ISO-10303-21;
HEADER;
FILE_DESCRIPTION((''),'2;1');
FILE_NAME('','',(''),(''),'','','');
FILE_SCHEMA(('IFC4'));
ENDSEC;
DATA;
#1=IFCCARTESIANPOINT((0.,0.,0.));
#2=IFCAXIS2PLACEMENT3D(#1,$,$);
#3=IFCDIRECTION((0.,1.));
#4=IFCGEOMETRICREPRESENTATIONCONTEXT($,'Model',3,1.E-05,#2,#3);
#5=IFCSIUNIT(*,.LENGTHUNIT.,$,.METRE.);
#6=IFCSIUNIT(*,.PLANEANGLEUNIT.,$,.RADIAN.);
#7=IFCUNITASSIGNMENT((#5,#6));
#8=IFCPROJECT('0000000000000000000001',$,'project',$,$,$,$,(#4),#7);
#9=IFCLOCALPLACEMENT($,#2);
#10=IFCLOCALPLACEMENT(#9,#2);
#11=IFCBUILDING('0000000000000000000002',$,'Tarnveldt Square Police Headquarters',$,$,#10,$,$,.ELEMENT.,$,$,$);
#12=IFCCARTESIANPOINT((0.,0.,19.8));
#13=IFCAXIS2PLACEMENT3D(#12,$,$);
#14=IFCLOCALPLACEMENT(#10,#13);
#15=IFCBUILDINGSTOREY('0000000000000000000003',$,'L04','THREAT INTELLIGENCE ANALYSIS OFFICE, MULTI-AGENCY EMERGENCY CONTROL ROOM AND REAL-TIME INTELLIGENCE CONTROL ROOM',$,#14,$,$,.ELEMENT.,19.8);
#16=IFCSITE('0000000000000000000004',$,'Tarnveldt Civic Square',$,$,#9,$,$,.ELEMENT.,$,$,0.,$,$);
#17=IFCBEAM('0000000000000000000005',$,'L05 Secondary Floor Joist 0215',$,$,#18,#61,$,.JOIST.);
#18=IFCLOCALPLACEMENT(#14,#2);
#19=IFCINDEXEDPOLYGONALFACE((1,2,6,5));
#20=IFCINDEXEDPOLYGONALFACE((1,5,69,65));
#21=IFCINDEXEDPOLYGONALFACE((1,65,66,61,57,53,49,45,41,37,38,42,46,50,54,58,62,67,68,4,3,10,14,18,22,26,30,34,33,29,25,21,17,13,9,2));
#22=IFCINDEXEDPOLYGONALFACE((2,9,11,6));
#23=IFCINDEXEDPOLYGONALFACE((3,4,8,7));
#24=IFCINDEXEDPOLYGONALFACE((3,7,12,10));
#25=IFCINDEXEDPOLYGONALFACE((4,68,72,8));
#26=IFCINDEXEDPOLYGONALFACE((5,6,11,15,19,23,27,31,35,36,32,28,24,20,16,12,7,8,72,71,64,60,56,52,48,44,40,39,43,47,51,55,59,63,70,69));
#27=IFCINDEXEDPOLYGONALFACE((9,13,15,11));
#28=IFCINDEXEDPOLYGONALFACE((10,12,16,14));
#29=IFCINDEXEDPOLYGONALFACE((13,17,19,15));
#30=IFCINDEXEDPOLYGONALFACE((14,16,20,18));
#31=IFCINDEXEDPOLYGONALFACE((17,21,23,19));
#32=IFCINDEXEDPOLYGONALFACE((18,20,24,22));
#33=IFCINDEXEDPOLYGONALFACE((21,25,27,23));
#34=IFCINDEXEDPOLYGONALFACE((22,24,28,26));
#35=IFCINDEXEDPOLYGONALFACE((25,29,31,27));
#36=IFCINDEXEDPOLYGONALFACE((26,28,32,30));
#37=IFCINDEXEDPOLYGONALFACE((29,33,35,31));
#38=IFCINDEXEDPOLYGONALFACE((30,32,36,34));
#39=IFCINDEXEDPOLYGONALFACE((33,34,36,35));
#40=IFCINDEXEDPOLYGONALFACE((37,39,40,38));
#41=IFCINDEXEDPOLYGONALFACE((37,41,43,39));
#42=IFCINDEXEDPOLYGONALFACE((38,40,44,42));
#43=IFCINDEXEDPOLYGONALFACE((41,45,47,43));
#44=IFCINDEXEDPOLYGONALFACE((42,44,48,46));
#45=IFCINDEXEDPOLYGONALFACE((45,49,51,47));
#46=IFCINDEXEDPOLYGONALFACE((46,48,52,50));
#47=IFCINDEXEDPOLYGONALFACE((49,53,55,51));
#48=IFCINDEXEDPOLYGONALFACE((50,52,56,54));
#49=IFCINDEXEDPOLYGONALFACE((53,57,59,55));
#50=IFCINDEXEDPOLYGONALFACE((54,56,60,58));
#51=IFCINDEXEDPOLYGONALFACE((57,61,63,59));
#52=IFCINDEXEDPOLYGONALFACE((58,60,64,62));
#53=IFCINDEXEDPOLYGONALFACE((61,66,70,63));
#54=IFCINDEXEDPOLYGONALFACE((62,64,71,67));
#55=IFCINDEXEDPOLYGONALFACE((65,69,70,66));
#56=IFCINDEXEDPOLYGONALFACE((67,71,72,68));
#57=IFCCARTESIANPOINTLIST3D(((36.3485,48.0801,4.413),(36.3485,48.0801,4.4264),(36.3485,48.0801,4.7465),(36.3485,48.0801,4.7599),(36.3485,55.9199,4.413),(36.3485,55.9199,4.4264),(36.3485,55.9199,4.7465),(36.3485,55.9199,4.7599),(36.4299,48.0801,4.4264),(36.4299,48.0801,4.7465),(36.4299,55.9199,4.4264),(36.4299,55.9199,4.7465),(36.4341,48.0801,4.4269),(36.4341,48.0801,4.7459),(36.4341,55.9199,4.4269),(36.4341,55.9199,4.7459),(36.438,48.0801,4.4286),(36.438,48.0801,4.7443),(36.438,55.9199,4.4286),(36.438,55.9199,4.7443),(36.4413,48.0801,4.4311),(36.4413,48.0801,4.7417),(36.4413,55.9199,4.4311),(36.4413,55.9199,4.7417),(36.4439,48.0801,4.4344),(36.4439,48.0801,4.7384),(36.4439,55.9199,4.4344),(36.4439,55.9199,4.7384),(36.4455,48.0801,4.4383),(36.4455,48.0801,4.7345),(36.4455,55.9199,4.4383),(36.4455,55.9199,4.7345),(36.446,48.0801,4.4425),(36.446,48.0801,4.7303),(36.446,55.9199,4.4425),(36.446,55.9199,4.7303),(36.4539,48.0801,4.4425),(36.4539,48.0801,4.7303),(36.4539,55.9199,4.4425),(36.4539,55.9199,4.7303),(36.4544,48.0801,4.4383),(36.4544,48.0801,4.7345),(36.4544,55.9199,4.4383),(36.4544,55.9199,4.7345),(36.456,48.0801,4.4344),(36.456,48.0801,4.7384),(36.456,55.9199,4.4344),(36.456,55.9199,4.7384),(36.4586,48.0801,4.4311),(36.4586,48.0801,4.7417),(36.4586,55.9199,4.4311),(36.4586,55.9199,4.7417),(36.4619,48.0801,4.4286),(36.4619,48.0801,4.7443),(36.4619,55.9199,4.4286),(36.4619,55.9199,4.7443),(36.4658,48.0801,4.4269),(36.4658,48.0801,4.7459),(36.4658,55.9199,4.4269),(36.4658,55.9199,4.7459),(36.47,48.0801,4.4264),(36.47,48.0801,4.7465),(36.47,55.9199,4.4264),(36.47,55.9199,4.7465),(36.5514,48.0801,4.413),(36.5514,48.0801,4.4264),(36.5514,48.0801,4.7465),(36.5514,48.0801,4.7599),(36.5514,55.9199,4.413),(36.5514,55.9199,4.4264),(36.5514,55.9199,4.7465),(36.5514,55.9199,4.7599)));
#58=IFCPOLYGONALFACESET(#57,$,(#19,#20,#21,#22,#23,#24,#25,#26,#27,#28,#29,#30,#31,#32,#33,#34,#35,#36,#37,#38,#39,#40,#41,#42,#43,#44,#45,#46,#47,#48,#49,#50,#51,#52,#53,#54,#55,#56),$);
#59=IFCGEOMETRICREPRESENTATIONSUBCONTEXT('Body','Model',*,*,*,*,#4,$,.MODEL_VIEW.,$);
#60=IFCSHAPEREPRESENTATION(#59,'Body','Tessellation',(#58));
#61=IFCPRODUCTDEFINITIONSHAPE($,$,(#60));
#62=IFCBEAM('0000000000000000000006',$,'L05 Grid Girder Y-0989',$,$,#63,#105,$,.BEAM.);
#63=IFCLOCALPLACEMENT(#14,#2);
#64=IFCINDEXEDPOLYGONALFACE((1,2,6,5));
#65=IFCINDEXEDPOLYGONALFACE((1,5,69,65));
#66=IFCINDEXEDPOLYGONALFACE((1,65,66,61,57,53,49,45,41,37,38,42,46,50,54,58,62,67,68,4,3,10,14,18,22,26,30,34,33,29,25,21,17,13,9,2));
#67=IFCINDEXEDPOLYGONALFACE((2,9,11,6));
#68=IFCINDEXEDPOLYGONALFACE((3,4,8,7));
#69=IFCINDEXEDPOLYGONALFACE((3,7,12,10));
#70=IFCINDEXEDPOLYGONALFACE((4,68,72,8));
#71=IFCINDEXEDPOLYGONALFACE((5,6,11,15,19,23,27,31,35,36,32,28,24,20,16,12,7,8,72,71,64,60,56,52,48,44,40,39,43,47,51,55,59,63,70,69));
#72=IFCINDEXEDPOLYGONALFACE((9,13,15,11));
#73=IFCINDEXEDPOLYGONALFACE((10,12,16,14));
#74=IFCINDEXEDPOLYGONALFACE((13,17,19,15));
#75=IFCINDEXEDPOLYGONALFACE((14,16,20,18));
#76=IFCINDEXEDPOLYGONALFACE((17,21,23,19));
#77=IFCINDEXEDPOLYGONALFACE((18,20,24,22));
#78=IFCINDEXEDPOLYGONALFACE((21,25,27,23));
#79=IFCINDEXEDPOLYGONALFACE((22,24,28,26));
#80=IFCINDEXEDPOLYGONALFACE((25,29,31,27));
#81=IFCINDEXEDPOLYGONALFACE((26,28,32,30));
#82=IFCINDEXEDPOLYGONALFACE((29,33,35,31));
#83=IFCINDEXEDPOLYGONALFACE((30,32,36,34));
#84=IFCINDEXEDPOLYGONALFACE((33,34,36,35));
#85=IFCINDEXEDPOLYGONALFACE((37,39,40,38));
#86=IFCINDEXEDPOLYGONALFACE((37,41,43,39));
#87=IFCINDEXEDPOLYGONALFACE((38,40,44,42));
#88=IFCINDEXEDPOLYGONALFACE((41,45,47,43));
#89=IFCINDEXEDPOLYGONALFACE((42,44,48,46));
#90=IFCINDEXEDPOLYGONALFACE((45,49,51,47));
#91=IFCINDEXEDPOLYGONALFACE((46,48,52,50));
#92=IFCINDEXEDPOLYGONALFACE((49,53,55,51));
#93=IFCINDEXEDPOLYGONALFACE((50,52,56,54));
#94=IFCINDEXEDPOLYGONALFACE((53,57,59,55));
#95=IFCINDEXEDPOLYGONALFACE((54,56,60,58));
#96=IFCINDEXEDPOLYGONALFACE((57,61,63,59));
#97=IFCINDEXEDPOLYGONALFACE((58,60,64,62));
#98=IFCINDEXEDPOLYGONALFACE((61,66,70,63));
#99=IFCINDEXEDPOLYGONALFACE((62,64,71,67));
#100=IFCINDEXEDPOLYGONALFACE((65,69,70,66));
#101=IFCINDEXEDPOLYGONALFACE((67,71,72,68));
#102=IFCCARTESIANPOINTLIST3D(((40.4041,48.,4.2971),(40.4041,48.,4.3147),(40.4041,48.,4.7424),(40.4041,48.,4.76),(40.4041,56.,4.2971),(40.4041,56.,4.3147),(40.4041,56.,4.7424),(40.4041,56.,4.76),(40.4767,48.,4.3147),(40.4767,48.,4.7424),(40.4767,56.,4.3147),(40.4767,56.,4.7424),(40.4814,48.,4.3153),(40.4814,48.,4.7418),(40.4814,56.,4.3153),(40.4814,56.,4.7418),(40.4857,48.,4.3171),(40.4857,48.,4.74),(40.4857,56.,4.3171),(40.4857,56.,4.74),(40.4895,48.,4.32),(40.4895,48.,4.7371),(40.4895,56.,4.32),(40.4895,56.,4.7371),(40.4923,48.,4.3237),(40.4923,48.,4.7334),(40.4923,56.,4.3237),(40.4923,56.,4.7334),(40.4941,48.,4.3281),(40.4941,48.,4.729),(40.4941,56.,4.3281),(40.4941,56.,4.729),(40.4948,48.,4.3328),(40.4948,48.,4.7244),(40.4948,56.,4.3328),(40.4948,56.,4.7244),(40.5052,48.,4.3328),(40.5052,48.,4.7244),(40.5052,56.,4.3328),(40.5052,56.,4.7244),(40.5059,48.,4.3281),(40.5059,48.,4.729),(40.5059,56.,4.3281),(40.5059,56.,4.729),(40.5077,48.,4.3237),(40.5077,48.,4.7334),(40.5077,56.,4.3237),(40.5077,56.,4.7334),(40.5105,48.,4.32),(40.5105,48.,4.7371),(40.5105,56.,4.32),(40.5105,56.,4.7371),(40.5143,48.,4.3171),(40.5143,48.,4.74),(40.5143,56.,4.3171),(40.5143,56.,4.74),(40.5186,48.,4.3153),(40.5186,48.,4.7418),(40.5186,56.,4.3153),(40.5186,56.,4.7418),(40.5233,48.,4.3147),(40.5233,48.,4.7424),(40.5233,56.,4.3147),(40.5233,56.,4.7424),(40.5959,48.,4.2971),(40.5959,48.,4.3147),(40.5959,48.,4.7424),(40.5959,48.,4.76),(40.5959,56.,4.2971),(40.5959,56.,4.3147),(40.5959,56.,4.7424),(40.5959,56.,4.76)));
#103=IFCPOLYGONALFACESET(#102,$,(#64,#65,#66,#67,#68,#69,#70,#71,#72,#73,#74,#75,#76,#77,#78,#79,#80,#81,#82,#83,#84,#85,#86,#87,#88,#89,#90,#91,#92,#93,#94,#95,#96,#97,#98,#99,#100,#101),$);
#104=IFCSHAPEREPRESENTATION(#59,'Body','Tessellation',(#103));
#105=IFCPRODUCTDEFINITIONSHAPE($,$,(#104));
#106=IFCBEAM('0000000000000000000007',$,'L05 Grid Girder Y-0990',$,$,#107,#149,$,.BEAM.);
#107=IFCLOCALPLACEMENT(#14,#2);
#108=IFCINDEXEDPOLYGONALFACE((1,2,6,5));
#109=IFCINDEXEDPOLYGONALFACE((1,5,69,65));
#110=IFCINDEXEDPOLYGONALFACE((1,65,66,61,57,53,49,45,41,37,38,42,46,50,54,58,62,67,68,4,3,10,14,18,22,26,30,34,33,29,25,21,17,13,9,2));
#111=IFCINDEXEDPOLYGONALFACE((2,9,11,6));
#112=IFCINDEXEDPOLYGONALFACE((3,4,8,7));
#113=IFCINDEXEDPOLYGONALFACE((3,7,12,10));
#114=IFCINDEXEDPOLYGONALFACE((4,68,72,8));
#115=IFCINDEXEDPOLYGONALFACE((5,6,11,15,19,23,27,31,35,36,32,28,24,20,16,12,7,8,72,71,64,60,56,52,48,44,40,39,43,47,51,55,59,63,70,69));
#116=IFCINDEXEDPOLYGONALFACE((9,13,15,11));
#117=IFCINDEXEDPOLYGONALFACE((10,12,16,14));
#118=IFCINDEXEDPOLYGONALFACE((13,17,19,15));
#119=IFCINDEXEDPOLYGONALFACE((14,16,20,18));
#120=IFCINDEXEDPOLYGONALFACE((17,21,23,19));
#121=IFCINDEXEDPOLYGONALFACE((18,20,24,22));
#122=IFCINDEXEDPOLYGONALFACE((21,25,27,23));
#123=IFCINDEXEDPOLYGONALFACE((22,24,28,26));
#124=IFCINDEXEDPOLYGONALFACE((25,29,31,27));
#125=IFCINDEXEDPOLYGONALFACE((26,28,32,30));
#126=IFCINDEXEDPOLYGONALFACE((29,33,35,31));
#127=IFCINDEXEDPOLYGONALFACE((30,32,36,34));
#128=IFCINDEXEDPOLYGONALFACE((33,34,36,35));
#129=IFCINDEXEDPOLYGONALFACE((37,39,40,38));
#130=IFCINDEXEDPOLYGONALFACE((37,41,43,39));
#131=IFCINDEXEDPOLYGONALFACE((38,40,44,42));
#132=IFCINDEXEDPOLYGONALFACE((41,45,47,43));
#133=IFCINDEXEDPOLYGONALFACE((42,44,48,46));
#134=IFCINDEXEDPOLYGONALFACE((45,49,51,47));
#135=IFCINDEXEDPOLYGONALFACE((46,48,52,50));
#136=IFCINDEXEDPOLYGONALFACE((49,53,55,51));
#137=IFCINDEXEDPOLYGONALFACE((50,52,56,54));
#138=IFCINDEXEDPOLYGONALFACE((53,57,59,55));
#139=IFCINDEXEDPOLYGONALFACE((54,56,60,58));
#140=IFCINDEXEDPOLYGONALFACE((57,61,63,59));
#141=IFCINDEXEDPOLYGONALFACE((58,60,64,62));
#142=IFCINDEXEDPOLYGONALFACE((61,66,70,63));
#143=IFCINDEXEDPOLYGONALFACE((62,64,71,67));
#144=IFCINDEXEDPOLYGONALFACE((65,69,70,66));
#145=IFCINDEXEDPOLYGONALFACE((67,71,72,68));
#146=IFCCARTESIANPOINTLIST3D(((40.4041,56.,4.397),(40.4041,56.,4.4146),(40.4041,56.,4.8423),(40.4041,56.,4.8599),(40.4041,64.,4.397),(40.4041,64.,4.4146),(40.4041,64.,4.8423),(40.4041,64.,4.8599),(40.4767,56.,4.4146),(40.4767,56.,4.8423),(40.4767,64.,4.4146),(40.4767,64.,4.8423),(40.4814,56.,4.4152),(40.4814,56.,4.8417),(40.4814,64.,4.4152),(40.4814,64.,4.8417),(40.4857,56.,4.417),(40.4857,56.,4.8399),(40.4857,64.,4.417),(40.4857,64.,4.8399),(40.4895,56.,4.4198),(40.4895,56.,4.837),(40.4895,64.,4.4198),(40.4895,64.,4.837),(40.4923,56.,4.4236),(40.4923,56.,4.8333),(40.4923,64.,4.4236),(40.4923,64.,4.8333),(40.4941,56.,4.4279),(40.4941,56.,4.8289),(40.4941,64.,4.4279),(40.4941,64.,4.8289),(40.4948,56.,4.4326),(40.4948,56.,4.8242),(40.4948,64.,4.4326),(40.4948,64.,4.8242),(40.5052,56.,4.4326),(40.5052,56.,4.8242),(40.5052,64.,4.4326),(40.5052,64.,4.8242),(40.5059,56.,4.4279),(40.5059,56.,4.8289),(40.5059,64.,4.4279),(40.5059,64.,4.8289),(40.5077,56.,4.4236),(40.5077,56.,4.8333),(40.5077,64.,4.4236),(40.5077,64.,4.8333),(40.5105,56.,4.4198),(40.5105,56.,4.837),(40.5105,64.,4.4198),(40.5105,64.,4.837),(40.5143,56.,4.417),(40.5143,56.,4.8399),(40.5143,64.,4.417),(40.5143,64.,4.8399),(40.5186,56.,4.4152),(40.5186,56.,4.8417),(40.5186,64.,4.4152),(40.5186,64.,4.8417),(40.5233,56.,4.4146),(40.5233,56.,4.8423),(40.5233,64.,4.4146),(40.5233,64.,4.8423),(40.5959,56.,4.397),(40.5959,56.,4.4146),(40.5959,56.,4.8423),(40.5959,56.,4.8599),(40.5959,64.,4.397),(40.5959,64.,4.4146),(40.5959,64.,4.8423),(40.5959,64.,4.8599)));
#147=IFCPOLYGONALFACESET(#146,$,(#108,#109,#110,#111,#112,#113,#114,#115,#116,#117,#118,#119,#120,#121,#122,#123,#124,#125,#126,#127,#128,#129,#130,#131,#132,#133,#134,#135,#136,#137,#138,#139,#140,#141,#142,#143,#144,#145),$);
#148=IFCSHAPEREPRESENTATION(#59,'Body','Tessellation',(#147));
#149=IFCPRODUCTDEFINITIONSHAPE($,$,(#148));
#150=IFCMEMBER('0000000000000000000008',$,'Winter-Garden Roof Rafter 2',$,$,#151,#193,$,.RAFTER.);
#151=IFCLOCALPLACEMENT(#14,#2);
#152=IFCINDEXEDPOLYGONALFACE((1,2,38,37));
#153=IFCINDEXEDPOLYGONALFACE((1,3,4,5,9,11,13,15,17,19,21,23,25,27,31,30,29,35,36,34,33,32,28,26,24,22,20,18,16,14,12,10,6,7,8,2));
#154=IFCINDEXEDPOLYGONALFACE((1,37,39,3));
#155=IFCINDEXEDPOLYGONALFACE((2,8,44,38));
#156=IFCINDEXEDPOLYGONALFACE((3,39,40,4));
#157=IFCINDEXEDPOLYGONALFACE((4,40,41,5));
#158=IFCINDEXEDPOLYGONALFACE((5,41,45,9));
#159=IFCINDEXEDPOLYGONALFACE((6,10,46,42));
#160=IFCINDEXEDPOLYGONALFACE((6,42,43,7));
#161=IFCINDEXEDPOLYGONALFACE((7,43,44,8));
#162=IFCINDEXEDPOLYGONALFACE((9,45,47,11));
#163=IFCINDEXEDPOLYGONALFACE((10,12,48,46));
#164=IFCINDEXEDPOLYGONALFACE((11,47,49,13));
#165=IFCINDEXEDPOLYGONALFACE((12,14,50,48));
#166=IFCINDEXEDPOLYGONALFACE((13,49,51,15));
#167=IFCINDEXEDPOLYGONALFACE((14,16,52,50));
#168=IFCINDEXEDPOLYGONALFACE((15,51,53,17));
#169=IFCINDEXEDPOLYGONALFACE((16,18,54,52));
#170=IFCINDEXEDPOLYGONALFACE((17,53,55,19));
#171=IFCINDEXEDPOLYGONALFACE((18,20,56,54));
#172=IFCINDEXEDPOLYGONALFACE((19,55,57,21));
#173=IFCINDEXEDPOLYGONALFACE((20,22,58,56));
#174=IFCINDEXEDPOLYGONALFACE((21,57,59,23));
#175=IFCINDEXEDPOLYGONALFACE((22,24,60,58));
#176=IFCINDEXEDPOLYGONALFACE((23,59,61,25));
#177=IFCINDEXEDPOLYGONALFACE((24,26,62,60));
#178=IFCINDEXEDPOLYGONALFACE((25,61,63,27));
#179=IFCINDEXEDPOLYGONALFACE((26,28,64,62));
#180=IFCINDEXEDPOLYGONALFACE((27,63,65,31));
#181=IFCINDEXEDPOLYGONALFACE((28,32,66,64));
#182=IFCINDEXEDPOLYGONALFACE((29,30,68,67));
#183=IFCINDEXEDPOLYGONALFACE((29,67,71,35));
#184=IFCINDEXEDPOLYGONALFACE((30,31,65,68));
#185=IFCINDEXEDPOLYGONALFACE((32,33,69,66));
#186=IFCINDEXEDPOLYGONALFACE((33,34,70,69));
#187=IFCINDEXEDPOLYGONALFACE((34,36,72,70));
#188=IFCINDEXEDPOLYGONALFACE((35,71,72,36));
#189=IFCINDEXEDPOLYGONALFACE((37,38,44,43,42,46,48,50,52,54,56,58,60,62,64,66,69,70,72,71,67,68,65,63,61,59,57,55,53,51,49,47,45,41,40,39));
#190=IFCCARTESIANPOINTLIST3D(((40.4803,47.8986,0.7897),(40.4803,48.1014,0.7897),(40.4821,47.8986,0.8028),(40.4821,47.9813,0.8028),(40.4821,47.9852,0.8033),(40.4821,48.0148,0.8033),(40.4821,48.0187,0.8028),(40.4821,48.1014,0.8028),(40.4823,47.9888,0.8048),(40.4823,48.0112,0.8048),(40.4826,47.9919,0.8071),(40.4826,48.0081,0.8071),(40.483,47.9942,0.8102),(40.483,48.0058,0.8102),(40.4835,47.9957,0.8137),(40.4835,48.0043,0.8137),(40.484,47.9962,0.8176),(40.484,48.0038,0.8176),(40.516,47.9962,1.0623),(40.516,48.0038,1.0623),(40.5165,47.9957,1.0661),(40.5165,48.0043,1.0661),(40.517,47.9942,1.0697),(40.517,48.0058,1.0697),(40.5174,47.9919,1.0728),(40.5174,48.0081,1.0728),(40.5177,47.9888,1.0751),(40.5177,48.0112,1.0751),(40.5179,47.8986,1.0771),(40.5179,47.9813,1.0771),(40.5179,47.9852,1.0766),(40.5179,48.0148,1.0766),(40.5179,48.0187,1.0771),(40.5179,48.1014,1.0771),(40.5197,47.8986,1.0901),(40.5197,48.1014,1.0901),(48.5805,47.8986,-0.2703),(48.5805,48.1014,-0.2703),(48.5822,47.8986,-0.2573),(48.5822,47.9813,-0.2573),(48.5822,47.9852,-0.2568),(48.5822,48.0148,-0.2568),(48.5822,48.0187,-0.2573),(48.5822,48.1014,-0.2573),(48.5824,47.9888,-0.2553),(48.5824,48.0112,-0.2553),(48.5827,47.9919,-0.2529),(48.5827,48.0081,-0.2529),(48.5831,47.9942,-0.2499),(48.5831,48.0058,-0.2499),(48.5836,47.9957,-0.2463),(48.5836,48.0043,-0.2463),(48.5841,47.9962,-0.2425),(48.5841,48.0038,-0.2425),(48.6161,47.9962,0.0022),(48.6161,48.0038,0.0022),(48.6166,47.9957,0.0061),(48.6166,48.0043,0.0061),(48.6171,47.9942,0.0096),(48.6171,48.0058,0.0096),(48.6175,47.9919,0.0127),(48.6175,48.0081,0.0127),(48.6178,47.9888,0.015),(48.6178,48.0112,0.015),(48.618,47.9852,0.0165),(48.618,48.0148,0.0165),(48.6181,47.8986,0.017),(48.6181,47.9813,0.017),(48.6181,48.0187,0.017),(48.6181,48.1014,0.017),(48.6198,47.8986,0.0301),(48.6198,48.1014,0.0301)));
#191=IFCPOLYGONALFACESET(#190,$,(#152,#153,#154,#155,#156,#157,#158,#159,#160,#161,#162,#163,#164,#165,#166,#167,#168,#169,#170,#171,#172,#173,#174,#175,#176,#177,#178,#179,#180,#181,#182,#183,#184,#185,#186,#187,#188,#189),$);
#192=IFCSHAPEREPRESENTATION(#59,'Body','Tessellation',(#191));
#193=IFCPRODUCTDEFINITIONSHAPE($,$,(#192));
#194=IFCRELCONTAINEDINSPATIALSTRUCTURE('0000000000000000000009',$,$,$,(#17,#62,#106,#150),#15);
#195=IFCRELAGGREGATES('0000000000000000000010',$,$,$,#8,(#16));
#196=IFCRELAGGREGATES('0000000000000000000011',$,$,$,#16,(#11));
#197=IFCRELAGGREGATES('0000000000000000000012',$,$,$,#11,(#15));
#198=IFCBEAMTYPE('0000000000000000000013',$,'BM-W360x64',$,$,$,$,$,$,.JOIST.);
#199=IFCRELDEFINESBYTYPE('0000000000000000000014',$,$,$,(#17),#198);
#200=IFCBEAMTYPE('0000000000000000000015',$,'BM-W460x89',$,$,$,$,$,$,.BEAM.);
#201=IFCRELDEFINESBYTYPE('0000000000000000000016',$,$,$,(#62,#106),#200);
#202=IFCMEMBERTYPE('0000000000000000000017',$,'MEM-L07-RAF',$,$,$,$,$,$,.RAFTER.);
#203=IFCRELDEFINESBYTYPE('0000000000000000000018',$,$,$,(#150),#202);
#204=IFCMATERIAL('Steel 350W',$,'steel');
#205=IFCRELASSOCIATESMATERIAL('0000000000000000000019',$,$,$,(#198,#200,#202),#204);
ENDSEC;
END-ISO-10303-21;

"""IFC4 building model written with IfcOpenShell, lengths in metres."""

from ifc_helpers import new_model, si_unit, direction, frame, origin, origin_2d, place, context, subcontext, project, spatial, i_section, extrude, material, material_profile, profile_set, type_object, element, save


model = new_model("IFC4")

# Units and contexts
model_context = context("Model", 3, precision=1e-05, world=origin(), true_north=direction((0.0, 1.0)))
body_context = subcontext(model_context, "Body", "Model", "MODEL_VIEW")
ifc_project = project(units=[si_unit("LENGTHUNIT", "METRE"), si_unit("PLANEANGLEUNIT", "RADIAN")], contexts=[model_context])

# Site, building, storey
site_placement = place(None, origin())
site = spatial("IfcSite", under=ifc_project, at=site_placement, Name="Tarnveldt Civic Square", CompositionType="ELEMENT", RefElevation=0.0)
building_placement = place(site_placement, origin())
building = spatial("IfcBuilding", under=site, at=building_placement, Name="Tarnveldt Square Police Headquarters", CompositionType="ELEMENT")
storey_placement = place(building_placement, frame((0.0, 0.0, 19.8)))
storey = spatial("IfcBuildingStorey", under=building, at=storey_placement, Name="L04", Description="THREAT INTELLIGENCE ANALYSIS OFFICE, MULTI-AGENCY EMERGENCY CONTROL ROOM AND REAL-TIME INTELLIGENCE CONTROL ROOM", CompositionType="ELEMENT", Elevation=19.8)

# Shared definitions
ifc_material_1 = material(Name="Steel 350W", Category="steel")

# Beams
ifc_material_profile_1 = material_profile(ifc_material_1, i_section(OverallWidth=0.2029, OverallDepth=0.3469, WebThickness=0.0078, FlangeThickness=0.0134, FilletRadius=0.0161, at=origin_2d()), Name="W360x64")
ifc_profile_set_1 = profile_set([ifc_material_profile_1], Name="Steel 350W")
beam_type_1 = type_object("IfcBeamType", Name="BM-W360x64", PredefinedType="JOIST", material=ifc_profile_set_1)
beam_1_placement = place(storey_placement, frame((36.45, 48.0801, 4.5864), z_axis=(0.0, 1.0, 0.0), x_axis=(-1.0, 0.0, 0.0)))
element("IfcBeam", 1, at=beam_1_placement, inside=storey, type_object=beam_type_1, Name="L05 Secondary Floor Joist 0215", PredefinedType="JOIST", context=body_context, shape_type="SweptSolid", body=[
    extrude(i_section(OverallWidth=0.2029, OverallDepth=0.3469, WebThickness=0.0078, FlangeThickness=0.0134, FilletRadius=0.0161, at=origin_2d()), origin(), (0.0, 0.0, 1.0), 7.8398),
])
ifc_material_profile_2 = material_profile(ifc_material_1, i_section(OverallWidth=0.1919, OverallDepth=0.4629, WebThickness=0.0105, FlangeThickness=0.0176, FilletRadius=0.0181, at=origin_2d()), Name="W460x89")
ifc_profile_set_2 = profile_set([ifc_material_profile_2], Name="Steel 350W")
beam_type_2 = type_object("IfcBeamType", Name="BM-W460x89", PredefinedType="BEAM", material=ifc_profile_set_2)
for number, where, z_axis, x_axis, name in (
    (2, (40.5, 48.0, 4.5286), (0.0, 1.0, 0.0), (-1.0, 0.0, 0.0), "L05 Grid Girder Y-0989"),
    (3, (40.5, 56.0, 4.6284), (0.0, 1.0, 0.0), (-1.0, 0.0, 0.0), "L05 Grid Girder Y-0990"),
):
    element("IfcBeam", number, at=place(storey_placement, frame(where, z_axis=z_axis, x_axis=x_axis)), inside=storey, type_object=beam_type_2, Name=name, PredefinedType="BEAM", context=body_context, shape_type="SweptSolid", body=[
        extrude(i_section(OverallWidth=0.1919, OverallDepth=0.4629, WebThickness=0.0105, FlangeThickness=0.0176, FilletRadius=0.0181, at=origin_2d()), origin(), (0.0, 0.0, 1.0), 8.0),
    ])

# Member
ifc_material_profile_3 = material_profile(ifc_material_1, i_section(OverallWidth=0.2029, OverallDepth=0.303, WebThickness=0.0076, FlangeThickness=0.0132, FilletRadius=0.0149, at=origin_2d()), Name="W310x60")
ifc_profile_set_3 = profile_set([ifc_material_profile_3], Name="Steel 350W")
member_type = type_object("IfcMemberType", Name="MEM-L07-RAF", PredefinedType="RAFTER", material=ifc_profile_set_3)
for number, where, z_axis, x_axis, name in (
    (4, (40.5, 48.0, 0.9399), (0.991545, 0.0, -0.129763), (0.0, 1.0, 0.0), "Winter-Garden Roof Rafter 2"),
):
    element("IfcMember", number, at=place(storey_placement, frame(where, z_axis=z_axis, x_axis=x_axis)), inside=storey, type_object=member_type, Name=name, PredefinedType="RAFTER", context=body_context, shape_type="SweptSolid", body=[
        extrude(i_section(OverallWidth=0.2029, OverallDepth=0.303, WebThickness=0.0076, FlangeThickness=0.0132, FilletRadius=0.0149, at=origin_2d()), origin(), (0.0, 0.0, 1.0), 8.1692),
    ])

save(model, "model.ifc")
